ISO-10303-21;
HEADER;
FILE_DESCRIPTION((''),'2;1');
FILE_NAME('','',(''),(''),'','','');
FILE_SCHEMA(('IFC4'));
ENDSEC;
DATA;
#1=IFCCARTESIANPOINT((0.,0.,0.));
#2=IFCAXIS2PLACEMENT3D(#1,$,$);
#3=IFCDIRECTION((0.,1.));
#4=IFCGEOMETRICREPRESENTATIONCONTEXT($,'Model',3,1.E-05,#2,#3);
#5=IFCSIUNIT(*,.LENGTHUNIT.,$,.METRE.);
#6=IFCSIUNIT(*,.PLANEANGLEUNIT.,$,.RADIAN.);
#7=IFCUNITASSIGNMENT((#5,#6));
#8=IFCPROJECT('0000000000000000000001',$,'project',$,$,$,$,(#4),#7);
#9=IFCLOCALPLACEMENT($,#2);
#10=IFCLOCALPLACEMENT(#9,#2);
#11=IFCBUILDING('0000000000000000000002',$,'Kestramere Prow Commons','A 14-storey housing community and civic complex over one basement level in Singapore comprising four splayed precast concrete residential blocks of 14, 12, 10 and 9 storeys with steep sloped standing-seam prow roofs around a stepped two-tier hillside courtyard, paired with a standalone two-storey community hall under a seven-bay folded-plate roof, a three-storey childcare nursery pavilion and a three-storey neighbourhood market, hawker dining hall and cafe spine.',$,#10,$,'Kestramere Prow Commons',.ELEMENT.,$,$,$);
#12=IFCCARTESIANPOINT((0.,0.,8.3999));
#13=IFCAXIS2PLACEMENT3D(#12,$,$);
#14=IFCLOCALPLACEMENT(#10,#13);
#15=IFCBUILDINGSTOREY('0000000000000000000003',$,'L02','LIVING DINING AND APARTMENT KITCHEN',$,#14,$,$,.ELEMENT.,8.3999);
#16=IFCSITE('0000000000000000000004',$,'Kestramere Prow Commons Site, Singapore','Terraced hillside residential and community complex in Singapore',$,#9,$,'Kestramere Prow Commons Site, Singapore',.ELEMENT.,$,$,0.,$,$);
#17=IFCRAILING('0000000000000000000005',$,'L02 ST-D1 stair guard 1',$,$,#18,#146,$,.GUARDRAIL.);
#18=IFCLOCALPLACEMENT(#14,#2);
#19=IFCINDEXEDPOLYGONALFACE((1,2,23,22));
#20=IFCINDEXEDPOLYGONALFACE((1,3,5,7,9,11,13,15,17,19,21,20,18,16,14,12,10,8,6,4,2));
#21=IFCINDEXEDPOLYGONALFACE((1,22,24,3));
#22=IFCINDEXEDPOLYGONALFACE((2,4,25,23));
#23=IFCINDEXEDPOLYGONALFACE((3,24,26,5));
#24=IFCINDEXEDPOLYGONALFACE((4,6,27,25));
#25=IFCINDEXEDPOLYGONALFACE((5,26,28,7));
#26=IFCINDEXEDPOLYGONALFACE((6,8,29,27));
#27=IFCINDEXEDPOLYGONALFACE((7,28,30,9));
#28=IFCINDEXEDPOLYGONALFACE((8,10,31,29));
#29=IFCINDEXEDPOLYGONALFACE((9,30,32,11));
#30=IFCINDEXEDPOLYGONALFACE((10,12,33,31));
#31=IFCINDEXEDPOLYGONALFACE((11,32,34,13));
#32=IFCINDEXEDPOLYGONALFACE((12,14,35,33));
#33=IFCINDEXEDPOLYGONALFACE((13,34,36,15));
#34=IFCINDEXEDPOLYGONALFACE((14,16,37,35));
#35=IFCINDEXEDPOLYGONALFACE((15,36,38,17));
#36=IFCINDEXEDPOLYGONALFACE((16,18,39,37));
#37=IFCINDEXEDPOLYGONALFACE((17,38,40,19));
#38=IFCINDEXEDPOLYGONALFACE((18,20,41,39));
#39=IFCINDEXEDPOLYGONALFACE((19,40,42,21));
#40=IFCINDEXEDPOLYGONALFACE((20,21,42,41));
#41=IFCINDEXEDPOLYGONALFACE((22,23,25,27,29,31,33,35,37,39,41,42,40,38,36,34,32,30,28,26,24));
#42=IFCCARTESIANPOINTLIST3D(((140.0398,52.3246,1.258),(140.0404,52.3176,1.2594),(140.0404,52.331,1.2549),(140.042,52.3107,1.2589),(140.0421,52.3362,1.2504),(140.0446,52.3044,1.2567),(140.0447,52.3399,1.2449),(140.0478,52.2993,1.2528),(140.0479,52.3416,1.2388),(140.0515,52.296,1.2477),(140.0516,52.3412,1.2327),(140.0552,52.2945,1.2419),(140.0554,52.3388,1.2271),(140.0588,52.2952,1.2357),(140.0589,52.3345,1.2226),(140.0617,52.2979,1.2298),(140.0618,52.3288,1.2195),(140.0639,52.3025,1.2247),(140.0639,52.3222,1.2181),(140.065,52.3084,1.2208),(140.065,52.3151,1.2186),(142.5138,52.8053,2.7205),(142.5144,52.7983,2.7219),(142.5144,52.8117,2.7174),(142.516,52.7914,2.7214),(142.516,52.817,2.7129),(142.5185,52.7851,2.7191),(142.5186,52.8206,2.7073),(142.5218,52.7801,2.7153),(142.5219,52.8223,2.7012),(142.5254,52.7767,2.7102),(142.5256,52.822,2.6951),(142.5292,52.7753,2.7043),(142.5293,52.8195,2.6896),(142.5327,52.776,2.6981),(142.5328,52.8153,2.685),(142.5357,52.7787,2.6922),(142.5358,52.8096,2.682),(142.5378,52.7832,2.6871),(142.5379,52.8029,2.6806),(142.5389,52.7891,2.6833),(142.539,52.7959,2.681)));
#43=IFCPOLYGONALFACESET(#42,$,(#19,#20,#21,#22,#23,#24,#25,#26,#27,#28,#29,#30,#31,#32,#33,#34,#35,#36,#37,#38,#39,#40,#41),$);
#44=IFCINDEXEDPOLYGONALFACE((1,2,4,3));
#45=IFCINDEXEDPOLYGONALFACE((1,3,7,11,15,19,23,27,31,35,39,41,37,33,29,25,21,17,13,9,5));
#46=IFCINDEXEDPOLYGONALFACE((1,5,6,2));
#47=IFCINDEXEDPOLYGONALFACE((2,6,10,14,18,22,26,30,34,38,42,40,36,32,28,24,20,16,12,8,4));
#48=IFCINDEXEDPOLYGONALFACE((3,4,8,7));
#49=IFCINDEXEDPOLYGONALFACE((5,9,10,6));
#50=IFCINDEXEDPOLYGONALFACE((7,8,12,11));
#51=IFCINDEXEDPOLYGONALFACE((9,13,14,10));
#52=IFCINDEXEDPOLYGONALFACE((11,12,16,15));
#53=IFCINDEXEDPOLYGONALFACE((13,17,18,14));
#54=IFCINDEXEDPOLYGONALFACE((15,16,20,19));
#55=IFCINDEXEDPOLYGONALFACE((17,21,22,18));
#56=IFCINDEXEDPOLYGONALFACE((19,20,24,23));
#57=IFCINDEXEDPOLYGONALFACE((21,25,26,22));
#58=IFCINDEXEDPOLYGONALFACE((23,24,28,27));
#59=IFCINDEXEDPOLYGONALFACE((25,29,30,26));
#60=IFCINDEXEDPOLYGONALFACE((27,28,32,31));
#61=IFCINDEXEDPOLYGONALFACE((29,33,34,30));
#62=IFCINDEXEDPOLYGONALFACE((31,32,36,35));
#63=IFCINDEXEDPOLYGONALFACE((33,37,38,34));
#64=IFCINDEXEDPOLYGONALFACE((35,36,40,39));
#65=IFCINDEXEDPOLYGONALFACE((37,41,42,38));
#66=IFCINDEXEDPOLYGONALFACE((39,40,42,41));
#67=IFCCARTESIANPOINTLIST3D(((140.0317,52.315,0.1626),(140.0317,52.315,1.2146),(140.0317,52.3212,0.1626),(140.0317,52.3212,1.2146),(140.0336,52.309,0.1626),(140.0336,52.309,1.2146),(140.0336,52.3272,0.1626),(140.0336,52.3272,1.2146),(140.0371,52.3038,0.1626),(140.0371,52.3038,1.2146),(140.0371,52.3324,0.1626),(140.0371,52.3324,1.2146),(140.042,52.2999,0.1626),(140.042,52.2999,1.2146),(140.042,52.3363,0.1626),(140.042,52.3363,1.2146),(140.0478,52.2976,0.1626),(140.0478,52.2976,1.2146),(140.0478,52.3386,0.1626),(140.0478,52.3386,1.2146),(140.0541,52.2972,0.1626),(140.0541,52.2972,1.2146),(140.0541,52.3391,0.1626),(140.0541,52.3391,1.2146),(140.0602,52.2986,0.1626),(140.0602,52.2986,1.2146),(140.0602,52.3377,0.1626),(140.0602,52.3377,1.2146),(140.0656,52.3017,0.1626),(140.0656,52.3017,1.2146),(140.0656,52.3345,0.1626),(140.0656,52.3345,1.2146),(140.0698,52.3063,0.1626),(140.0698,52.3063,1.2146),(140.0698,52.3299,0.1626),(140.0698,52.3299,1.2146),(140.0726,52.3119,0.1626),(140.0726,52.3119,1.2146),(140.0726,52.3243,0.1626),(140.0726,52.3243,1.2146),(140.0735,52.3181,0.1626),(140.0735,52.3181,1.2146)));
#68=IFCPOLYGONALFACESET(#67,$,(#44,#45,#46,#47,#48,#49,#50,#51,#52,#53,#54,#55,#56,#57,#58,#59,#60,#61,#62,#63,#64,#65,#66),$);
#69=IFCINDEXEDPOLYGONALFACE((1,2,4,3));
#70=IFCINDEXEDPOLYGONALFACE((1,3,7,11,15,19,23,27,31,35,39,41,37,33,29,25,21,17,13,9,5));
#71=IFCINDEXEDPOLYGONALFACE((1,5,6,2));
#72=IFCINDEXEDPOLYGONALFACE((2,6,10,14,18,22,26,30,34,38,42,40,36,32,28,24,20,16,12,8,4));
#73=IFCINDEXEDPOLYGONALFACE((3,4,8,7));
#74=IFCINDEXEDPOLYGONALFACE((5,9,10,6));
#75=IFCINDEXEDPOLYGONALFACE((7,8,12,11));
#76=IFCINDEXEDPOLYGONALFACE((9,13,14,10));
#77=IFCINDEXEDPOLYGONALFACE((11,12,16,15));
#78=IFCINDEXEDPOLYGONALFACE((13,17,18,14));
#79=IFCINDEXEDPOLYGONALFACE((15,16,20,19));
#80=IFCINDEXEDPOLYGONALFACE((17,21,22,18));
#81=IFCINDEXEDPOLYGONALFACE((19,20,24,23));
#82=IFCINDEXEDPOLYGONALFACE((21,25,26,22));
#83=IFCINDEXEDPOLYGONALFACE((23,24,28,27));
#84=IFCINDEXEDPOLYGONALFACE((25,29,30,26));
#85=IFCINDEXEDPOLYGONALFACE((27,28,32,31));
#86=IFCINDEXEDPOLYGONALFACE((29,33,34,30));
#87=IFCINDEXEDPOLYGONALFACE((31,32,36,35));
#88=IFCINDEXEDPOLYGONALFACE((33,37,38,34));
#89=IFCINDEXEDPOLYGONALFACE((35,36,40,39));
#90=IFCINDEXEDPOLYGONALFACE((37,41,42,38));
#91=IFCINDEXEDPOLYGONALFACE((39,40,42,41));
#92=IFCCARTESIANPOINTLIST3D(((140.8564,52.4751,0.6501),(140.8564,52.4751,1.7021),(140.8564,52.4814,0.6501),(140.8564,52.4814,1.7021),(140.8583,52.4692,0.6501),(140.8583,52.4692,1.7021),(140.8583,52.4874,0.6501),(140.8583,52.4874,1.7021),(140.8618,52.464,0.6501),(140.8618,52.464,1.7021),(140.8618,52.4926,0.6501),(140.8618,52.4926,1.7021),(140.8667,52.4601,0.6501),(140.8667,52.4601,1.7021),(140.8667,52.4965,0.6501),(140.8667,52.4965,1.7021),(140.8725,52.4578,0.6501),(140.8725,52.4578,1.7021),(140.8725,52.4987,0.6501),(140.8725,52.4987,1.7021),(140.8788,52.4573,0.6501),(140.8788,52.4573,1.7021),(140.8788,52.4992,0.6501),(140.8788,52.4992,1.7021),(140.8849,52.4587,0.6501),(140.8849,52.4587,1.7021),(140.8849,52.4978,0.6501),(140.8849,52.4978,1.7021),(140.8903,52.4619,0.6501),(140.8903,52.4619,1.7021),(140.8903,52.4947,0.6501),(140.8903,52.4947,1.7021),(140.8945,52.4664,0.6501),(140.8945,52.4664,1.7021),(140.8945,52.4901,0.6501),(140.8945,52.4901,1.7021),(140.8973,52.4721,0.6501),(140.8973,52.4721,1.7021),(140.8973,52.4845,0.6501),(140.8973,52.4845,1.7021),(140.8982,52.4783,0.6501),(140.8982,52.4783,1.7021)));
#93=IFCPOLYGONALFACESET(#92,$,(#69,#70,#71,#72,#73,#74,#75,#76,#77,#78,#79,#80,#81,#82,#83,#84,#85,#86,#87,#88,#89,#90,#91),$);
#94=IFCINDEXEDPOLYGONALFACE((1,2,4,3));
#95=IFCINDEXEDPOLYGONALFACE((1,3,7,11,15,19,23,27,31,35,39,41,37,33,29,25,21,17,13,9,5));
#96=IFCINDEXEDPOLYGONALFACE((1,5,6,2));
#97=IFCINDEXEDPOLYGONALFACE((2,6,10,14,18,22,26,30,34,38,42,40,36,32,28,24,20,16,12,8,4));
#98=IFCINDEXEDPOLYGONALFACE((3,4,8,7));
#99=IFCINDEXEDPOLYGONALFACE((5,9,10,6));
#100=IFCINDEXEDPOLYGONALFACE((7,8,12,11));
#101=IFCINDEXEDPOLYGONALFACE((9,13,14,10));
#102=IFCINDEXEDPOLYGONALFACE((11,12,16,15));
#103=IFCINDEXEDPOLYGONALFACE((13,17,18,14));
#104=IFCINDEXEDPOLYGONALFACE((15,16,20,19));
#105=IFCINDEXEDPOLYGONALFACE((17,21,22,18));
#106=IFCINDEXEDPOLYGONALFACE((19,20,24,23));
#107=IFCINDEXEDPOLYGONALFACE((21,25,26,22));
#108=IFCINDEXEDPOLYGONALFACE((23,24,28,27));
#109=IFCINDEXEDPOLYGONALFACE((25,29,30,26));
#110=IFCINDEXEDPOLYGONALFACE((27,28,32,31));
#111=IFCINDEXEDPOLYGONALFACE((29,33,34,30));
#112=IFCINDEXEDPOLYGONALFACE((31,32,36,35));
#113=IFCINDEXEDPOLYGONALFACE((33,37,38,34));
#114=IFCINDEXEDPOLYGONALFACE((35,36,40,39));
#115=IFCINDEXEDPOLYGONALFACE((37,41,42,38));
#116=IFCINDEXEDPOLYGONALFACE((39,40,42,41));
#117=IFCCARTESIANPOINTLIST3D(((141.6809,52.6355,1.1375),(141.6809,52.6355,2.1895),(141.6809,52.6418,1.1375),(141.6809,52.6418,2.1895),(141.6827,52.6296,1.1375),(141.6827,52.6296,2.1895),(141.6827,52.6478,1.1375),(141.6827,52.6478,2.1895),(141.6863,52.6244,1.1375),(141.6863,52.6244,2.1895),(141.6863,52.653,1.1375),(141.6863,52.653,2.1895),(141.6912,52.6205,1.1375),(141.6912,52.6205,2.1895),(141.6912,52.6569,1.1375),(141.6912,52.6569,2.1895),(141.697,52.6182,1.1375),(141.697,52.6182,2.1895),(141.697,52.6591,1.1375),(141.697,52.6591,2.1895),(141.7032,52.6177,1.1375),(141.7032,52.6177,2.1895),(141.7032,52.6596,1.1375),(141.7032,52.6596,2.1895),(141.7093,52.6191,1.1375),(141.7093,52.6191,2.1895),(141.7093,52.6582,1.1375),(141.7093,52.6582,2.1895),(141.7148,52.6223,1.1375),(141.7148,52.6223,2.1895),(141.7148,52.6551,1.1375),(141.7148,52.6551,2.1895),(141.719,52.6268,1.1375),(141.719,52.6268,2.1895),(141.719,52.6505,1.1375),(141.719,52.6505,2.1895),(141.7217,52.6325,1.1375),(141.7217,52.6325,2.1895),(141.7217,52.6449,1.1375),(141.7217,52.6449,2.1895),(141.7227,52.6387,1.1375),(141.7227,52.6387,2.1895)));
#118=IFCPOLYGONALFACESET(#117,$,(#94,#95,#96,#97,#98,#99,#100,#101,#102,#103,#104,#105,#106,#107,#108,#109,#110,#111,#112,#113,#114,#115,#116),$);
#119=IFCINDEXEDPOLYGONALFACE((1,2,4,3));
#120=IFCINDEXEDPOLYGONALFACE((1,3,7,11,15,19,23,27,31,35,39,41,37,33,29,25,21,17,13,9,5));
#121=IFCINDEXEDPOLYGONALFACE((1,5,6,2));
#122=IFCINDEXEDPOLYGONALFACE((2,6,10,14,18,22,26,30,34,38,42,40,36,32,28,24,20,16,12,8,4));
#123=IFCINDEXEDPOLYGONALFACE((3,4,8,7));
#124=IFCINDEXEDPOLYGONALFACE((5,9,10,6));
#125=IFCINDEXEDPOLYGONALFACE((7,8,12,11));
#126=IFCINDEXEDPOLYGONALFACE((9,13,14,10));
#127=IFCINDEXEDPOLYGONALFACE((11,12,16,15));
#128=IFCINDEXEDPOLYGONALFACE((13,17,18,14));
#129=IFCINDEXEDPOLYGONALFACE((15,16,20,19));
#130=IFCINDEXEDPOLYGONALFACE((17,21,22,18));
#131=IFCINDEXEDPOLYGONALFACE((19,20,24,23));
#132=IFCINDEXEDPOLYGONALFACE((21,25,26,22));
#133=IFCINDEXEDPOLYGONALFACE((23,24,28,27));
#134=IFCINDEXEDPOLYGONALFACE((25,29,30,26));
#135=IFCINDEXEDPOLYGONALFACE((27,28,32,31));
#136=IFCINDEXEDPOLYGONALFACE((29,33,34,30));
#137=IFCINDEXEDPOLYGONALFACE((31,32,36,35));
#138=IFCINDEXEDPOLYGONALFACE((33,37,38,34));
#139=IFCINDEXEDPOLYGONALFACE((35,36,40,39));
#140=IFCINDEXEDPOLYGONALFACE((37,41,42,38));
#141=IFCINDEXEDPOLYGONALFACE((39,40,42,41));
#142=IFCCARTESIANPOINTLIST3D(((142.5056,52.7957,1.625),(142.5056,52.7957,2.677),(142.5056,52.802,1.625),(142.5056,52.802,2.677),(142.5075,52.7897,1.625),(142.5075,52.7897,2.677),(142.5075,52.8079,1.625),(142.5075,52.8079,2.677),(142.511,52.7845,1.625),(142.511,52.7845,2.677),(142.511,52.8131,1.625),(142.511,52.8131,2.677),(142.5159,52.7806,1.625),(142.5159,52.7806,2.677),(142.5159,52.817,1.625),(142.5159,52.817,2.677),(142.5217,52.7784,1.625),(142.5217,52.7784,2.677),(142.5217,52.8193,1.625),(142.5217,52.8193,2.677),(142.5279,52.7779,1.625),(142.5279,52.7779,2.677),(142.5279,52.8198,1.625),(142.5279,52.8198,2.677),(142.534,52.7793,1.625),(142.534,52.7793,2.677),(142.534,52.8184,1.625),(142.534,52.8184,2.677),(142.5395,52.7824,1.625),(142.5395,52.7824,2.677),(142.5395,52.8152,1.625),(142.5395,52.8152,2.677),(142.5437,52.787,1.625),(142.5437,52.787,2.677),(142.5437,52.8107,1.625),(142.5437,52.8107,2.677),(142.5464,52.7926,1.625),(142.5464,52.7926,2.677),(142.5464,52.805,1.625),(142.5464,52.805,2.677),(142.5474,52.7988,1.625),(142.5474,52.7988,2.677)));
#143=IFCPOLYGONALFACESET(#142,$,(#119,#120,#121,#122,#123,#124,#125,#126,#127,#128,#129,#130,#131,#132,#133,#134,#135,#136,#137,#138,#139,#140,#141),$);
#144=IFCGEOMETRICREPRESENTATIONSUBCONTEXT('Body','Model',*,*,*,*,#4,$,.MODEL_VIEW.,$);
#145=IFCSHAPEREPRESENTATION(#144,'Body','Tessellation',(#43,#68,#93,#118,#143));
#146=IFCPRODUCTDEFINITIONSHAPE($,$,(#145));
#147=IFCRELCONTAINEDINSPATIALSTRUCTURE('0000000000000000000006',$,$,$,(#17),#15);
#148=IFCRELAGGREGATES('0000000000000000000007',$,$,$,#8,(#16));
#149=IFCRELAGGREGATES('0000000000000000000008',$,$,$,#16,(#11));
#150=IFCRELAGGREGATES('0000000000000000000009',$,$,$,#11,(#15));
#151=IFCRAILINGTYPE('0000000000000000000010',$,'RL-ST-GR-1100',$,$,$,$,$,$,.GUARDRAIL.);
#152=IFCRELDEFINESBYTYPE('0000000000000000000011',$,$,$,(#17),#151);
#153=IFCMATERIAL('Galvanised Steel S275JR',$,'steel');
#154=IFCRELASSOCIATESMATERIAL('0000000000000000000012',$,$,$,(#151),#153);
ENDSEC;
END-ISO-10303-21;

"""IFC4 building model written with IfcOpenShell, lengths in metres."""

from ifc_helpers import new_model, si_unit, direction, frame, origin, origin_2d, place, context, subcontext, project, spatial, circle, extrude, material, type_object, element, save


model = new_model("IFC4")

# Units and contexts
model_context = context("Model", 3, precision=1e-05, world=origin(), true_north=direction((0.0, 1.0)))
body_context = subcontext(model_context, "Body", "Model", "MODEL_VIEW")
ifc_project = project(units=[si_unit("LENGTHUNIT", "METRE"), si_unit("PLANEANGLEUNIT", "RADIAN")], contexts=[model_context])

# Site, building, storey
site_placement = place(None, origin())
site = spatial("IfcSite", under=ifc_project, at=site_placement, Name="Kestramere Prow Commons Site, Singapore", Description="Terraced hillside residential and community complex in Singapore", LongName="Kestramere Prow Commons Site, Singapore", CompositionType="ELEMENT", RefElevation=0.0)
building_placement = place(site_placement, origin())
building = spatial("IfcBuilding", under=site, at=building_placement, Name="Kestramere Prow Commons", Description="A 14-storey housing community and civic complex over one basement level in Singapore comprising four splayed precast concrete residential blocks of 14, 12, 10 and 9 storeys with steep sloped standing-seam prow roofs around a stepped two-tier hillside courtyard, paired with a standalone two-storey community hall under a seven-bay folded-plate roof, a three-storey childcare nursery pavilion and a three-storey neighbourhood market, hawker dining hall and cafe spine.", LongName="Kestramere Prow Commons", CompositionType="ELEMENT")
storey_placement = place(building_placement, frame((0.0, 0.0, 8.3999)))
storey = spatial("IfcBuildingStorey", under=building, at=storey_placement, Name="L02", Description="LIVING DINING AND APARTMENT KITCHEN", CompositionType="ELEMENT", Elevation=8.3999)

# Railing
ifc_material_1 = material(Name="Galvanised Steel S275JR", Category="steel")
railing_type_1 = type_object("IfcRailingType", Name="RL-ST-GR-1100", PredefinedType="GUARDRAIL", material=ifc_material_1)
railing_1_placement = place(storey_placement, frame((140.0525, 52.3181, 0.1626)))
element("IfcRailing", 1, at=railing_1_placement, inside=storey, type_object=railing_type_1, Name="L02 ST-D1 stair guard 1", PredefinedType="GUARDRAIL", context=body_context, shape_type="SweptSolid", body=[
    extrude(circle(Radius=0.0239, at=origin_2d()), frame((0.0, 0.0, 1.0762), z_axis=(0.849044, 0.164982, 0.501902), x_axis=(-0.190748, 0.981639, 0.0)), (0.0, 0.0, 1.0), 2.9138),
    extrude(circle(Radius=0.021, at=origin_2d()), origin(), (0.0, 0.0, 1.0), 1.052),
    extrude(circle(Radius=0.021, at=origin_2d()), frame((0.8247, 0.1602, 0.4875)), (0.0, 0.0, 1.0), 1.052),
    extrude(circle(Radius=0.021, at=origin_2d()), frame((1.6492, 0.3206, 0.9749)), (0.0, 0.0, 1.0), 1.052),
    extrude(circle(Radius=0.021, at=origin_2d()), frame((2.4739, 0.4807, 1.4624)), (0.0, 0.0, 1.0), 1.052),
])

save(model, "model.ifc")
